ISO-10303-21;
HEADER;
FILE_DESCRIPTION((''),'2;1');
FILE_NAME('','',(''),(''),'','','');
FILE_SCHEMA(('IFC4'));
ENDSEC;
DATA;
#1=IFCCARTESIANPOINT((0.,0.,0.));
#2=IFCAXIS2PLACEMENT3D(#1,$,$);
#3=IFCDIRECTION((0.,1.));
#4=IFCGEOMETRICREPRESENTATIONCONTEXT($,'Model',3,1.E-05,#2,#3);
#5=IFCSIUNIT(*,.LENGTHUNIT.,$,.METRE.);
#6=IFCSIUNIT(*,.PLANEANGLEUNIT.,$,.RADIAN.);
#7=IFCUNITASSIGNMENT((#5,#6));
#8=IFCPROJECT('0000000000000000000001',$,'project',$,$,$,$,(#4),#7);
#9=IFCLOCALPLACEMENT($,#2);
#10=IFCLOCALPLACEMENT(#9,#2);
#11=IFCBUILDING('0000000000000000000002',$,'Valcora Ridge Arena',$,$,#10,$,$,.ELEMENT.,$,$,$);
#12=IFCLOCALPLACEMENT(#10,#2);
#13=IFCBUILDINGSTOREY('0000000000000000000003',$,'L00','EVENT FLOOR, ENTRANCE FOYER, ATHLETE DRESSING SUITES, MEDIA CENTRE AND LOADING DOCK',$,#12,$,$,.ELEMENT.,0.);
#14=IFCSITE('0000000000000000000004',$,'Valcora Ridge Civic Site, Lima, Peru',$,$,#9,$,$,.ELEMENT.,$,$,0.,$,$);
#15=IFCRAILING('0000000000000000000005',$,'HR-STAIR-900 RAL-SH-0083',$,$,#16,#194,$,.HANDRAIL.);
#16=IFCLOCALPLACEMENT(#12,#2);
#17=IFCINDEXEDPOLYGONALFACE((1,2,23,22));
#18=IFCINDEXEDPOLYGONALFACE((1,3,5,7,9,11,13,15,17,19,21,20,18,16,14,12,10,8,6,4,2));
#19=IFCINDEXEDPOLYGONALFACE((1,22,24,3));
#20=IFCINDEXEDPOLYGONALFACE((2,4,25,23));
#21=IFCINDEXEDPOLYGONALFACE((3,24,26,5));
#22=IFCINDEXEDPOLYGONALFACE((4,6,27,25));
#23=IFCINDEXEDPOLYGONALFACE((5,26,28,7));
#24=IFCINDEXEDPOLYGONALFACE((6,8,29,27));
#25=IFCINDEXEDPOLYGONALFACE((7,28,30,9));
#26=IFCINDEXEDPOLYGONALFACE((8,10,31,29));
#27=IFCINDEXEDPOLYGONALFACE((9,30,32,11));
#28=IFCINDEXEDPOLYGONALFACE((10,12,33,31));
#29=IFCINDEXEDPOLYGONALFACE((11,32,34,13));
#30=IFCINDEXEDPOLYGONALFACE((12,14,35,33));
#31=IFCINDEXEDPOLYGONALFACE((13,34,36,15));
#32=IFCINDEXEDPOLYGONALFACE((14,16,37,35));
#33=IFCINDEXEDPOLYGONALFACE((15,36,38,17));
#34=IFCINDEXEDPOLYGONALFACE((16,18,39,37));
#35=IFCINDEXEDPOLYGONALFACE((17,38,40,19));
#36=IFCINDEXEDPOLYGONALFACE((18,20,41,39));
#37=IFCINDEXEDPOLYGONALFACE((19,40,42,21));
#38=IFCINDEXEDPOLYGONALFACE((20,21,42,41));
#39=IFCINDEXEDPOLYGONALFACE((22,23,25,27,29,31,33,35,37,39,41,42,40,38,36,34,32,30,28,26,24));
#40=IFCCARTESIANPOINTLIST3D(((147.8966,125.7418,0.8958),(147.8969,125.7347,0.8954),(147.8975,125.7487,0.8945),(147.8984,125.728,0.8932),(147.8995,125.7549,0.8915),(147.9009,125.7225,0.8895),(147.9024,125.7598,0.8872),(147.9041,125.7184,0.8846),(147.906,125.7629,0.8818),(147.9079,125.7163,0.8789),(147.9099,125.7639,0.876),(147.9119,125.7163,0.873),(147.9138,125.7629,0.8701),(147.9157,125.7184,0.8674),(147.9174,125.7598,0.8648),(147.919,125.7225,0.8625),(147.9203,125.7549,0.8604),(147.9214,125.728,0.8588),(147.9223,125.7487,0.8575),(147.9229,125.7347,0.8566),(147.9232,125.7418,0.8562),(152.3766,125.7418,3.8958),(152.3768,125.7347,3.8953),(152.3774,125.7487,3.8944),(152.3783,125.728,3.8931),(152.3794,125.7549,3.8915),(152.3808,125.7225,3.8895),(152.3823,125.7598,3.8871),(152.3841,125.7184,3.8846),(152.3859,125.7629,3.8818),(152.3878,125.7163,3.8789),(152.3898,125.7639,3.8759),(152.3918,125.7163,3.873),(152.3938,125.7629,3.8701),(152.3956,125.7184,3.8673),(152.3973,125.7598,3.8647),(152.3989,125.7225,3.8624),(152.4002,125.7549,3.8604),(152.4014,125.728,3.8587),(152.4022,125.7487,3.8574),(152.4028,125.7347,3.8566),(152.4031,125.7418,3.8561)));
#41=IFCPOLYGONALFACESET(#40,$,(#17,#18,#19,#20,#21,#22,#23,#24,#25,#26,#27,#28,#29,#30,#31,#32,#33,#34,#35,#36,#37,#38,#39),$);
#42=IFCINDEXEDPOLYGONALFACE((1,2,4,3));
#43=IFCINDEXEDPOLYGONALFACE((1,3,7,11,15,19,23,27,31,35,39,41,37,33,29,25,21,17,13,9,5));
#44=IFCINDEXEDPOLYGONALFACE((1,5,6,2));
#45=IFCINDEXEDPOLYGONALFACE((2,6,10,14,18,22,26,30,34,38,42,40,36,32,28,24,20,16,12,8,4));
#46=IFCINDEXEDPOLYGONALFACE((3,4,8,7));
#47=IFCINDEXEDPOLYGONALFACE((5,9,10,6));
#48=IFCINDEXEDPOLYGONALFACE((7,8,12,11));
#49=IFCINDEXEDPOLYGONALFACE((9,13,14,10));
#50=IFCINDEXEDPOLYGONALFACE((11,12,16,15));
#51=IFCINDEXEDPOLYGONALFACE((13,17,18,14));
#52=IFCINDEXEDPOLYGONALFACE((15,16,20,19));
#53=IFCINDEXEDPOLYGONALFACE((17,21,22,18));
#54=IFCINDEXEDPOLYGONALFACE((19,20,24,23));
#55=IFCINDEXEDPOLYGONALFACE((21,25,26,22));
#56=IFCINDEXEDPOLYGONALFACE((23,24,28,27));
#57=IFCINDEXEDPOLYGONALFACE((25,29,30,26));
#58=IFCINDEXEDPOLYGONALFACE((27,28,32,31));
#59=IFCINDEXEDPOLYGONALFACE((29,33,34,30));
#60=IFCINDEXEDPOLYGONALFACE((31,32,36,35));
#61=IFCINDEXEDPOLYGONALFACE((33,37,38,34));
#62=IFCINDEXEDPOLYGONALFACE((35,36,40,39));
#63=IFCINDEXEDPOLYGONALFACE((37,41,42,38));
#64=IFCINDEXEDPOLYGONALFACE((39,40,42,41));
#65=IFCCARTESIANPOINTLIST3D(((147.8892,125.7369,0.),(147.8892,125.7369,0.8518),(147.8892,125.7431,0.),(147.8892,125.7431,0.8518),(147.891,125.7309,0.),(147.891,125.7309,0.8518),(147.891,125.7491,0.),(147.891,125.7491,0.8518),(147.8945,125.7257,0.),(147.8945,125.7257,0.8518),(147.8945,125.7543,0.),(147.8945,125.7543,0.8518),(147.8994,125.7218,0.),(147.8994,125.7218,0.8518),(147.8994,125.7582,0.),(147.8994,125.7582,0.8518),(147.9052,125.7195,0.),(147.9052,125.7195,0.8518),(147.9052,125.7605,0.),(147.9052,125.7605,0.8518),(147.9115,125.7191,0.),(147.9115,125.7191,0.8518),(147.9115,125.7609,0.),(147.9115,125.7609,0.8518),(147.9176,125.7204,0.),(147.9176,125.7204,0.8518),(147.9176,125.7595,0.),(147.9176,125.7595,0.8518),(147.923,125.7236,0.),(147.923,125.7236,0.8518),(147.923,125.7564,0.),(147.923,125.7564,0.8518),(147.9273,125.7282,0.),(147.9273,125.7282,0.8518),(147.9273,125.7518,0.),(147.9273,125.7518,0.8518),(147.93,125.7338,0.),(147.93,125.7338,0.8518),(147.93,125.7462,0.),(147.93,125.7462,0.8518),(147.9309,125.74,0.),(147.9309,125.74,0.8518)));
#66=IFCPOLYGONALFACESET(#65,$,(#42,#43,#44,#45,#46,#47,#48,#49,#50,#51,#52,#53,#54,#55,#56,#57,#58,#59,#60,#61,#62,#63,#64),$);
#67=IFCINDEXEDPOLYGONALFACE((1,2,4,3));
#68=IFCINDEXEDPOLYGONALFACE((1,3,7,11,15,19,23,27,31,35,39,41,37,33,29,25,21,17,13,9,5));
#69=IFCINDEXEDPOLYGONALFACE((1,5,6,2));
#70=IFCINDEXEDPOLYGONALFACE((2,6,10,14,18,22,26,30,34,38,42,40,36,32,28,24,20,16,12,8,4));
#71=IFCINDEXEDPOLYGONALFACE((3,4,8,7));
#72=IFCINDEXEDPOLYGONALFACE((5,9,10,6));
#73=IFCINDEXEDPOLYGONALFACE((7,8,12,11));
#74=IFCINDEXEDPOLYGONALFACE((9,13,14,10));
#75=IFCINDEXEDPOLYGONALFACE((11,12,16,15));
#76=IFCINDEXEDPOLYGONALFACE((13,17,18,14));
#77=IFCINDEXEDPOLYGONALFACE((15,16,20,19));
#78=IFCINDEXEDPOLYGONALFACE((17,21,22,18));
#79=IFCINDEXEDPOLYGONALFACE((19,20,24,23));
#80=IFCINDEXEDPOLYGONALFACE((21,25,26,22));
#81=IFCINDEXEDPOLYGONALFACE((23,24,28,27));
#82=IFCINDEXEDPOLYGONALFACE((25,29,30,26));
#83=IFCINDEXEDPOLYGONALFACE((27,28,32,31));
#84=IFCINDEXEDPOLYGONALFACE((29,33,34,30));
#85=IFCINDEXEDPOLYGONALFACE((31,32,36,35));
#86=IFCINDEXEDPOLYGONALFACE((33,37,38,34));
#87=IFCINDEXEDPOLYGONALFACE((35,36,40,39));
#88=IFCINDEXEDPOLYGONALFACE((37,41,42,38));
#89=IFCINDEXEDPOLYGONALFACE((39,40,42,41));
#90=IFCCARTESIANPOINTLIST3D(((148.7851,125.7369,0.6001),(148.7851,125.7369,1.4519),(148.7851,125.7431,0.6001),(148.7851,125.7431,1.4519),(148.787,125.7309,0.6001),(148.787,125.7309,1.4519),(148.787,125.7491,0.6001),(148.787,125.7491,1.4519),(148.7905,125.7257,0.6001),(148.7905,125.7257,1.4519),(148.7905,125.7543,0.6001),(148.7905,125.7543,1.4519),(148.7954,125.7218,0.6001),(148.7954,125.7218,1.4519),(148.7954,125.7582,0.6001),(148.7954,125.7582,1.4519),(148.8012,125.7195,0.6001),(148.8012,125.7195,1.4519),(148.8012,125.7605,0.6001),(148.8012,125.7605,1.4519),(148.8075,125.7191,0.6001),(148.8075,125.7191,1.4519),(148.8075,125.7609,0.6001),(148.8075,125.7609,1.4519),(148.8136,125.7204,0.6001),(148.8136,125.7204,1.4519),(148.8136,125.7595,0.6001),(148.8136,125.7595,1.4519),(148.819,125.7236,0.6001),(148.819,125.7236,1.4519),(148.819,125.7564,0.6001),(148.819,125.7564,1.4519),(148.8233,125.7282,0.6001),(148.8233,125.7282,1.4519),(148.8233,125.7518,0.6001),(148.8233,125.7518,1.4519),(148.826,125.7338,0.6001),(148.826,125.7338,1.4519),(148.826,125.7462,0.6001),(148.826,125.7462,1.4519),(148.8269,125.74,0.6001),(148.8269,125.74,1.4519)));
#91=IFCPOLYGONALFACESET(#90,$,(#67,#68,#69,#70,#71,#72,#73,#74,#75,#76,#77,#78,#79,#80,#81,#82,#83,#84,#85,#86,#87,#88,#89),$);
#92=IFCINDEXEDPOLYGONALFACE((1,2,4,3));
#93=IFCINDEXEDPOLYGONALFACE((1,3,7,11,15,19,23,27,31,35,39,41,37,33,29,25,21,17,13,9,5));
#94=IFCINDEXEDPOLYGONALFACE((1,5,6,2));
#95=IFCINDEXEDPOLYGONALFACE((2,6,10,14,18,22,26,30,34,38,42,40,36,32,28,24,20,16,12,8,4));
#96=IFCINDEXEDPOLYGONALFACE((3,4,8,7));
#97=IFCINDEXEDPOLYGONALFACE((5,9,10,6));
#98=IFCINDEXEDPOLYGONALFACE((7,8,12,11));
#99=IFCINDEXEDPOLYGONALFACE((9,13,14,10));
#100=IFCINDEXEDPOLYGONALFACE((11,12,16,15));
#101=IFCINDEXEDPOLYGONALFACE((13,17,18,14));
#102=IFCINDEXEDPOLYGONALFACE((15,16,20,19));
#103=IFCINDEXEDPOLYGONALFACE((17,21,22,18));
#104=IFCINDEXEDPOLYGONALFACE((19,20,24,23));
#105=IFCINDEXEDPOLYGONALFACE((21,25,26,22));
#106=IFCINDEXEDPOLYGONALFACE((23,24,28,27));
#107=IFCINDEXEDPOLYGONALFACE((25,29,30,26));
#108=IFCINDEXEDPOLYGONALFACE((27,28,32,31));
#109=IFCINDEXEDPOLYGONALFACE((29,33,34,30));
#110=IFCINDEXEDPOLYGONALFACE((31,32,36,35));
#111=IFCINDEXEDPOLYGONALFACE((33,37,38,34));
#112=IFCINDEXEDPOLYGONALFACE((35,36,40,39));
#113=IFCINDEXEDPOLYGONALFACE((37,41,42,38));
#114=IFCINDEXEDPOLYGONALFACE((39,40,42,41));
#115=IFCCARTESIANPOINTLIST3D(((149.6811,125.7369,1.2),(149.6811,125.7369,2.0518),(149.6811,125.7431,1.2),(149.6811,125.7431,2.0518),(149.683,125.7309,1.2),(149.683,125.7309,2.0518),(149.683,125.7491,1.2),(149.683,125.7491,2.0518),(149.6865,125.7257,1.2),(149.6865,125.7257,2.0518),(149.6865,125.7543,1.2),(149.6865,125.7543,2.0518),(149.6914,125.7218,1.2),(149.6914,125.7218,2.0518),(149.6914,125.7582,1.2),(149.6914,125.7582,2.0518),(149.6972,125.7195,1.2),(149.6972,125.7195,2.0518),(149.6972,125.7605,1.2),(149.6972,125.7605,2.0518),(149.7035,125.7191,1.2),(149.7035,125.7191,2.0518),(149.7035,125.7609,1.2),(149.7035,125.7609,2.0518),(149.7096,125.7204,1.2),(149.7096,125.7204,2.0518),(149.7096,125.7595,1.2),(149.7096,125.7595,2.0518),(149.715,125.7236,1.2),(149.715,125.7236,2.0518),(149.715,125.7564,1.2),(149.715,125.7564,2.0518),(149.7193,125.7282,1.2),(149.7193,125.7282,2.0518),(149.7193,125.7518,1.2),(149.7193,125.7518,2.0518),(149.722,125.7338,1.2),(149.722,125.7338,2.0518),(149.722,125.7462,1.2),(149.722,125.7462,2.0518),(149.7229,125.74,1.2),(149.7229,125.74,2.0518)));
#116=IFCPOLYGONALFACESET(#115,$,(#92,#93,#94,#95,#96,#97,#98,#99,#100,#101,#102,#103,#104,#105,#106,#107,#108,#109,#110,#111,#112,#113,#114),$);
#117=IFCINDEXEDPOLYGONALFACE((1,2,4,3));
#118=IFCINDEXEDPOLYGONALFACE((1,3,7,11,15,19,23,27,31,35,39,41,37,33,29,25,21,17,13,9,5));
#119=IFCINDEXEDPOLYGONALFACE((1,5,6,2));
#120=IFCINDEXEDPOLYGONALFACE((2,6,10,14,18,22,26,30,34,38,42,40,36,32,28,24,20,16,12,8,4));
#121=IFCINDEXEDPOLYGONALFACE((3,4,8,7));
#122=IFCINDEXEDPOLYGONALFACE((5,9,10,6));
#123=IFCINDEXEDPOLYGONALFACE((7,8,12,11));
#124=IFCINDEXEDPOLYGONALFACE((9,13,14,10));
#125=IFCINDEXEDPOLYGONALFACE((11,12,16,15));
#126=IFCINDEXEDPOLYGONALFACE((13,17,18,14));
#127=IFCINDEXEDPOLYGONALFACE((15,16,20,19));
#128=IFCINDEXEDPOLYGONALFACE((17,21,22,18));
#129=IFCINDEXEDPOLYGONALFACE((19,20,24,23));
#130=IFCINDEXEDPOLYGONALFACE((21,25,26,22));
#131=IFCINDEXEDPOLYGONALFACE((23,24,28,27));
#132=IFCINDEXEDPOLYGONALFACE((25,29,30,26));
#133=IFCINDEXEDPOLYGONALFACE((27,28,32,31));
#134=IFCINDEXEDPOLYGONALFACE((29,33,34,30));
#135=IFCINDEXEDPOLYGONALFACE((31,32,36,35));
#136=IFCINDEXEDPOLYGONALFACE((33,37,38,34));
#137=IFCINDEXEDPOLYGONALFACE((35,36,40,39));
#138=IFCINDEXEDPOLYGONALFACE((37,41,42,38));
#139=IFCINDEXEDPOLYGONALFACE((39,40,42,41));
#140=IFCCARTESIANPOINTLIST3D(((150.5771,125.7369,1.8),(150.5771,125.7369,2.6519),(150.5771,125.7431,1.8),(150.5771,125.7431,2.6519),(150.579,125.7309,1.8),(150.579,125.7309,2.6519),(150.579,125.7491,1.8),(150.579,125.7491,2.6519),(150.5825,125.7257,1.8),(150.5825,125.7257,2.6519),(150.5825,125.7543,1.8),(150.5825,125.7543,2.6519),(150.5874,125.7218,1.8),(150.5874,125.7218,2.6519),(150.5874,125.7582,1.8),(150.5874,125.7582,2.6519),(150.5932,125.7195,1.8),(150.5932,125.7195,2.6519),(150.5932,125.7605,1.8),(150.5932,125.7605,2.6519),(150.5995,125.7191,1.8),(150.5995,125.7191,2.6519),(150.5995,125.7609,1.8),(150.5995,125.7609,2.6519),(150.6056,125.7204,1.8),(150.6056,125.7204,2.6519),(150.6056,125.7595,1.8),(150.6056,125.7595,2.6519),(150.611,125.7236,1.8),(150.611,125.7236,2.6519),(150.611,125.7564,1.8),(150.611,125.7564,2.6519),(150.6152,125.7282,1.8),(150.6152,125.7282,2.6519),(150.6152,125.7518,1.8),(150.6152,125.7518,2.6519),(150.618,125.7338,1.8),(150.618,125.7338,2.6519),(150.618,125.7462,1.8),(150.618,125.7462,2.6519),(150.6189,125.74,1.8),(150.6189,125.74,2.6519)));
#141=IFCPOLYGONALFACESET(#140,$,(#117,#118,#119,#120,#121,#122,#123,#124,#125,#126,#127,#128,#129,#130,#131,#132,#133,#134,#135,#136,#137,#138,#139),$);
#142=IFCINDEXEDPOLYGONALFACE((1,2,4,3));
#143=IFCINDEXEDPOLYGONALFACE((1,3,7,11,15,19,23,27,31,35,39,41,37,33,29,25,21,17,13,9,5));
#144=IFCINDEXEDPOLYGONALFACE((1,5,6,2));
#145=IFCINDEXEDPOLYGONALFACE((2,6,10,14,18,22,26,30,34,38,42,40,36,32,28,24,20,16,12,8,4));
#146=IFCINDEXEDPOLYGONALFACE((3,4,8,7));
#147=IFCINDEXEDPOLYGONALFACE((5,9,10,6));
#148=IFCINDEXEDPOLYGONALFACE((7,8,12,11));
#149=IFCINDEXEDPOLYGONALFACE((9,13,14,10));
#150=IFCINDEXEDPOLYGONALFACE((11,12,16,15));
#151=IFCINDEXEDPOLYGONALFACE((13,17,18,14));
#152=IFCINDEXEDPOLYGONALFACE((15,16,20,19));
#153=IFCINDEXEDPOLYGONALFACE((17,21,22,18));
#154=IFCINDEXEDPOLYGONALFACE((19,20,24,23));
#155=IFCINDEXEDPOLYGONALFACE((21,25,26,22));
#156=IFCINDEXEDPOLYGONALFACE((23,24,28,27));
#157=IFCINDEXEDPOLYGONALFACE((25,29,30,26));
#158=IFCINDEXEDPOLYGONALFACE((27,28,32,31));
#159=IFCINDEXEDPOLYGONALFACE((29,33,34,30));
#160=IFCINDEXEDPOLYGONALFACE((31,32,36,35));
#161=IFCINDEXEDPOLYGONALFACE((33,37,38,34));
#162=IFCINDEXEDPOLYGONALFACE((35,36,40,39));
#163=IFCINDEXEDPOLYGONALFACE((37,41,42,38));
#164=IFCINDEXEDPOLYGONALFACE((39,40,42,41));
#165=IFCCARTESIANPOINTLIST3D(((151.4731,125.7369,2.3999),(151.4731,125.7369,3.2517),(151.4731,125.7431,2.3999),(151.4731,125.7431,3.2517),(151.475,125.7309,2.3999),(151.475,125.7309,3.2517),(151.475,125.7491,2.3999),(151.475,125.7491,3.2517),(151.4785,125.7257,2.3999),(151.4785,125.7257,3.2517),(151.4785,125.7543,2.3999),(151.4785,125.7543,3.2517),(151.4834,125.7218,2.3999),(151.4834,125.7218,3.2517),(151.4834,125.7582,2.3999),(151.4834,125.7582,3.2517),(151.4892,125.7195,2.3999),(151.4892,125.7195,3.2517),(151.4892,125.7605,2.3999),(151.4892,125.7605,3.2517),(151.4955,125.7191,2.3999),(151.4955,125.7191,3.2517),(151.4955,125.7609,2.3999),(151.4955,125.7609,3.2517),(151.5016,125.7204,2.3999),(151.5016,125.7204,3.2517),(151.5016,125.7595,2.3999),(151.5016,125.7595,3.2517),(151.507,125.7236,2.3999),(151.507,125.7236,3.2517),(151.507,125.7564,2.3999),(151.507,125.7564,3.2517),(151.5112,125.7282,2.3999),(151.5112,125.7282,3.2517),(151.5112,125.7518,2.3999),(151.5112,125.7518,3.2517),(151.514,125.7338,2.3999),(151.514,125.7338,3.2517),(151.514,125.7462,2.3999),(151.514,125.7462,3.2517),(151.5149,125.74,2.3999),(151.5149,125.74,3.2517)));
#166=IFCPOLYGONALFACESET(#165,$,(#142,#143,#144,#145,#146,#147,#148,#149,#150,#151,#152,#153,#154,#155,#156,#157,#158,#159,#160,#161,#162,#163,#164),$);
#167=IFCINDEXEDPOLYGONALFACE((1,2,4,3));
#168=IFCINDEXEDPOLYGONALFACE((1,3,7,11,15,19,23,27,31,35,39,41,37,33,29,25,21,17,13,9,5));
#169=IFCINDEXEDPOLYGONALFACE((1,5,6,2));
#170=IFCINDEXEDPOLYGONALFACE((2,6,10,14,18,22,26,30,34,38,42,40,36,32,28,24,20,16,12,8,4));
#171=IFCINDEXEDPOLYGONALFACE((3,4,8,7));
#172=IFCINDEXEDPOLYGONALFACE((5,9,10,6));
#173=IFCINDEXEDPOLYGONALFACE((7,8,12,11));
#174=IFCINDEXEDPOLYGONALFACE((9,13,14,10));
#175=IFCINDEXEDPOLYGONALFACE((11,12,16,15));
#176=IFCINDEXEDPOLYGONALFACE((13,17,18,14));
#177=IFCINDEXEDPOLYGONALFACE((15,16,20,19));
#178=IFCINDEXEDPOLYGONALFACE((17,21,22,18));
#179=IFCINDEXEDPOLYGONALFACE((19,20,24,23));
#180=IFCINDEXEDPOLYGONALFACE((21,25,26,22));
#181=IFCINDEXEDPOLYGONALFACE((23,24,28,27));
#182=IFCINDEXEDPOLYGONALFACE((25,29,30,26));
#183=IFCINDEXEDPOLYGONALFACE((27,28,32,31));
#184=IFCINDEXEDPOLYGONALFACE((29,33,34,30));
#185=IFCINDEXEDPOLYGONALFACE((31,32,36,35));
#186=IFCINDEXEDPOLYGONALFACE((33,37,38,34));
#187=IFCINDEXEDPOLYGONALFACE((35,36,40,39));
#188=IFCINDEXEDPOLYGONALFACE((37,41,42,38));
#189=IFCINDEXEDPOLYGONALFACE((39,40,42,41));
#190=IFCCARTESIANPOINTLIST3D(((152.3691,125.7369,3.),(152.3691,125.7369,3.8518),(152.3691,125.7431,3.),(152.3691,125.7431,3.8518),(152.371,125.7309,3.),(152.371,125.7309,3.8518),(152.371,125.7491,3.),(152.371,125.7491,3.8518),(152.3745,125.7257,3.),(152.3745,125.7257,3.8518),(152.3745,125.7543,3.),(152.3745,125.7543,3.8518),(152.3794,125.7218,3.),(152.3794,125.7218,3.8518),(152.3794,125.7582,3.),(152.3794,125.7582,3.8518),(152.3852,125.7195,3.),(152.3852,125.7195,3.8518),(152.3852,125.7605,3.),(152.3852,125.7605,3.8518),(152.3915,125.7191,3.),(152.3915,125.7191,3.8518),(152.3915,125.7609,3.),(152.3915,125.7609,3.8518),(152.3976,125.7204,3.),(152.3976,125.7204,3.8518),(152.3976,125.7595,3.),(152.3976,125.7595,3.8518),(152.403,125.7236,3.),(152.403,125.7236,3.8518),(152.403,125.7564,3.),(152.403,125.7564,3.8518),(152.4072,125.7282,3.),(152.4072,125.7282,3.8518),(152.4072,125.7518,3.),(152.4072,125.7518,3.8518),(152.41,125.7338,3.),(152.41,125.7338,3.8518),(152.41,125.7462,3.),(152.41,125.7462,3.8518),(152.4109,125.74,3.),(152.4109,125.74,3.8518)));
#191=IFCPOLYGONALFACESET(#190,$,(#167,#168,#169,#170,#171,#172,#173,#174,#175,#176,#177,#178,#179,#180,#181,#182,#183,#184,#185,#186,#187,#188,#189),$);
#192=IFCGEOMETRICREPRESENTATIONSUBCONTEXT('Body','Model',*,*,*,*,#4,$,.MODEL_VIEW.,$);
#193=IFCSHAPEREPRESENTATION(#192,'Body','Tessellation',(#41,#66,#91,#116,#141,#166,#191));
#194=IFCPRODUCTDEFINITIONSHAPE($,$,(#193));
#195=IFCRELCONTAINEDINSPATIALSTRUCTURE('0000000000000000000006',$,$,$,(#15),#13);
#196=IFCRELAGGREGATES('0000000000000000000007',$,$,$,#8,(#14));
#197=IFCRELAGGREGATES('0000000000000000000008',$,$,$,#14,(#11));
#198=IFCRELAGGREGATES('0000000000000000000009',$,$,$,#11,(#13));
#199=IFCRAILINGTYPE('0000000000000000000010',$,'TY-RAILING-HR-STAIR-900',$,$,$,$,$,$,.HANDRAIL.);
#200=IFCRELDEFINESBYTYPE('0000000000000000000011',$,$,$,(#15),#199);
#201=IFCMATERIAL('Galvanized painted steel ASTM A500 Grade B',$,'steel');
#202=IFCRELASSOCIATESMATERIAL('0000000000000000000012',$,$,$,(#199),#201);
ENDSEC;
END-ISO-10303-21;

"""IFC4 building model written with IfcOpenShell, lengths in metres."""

from ifc_helpers import new_model, si_unit, direction, frame, origin, origin_2d, place, context, subcontext, project, spatial, circle, extrude, material, type_object, element, save


model = new_model("IFC4")

# Units and contexts
model_context = context("Model", 3, precision=1e-05, world=origin(), true_north=direction((0.0, 1.0)))
body_context = subcontext(model_context, "Body", "Model", "MODEL_VIEW")
ifc_project = project(units=[si_unit("LENGTHUNIT", "METRE"), si_unit("PLANEANGLEUNIT", "RADIAN")], contexts=[model_context])

# Site, building, storey
site_placement = place(None, origin())
site = spatial("IfcSite", under=ifc_project, at=site_placement, Name="Valcora Ridge Civic Site, Lima, Peru", CompositionType="ELEMENT", RefElevation=0.0)
building_placement = place(site_placement, origin())
building = spatial("IfcBuilding", under=site, at=building_placement, Name="Valcora Ridge Arena", CompositionType="ELEMENT")
storey_placement = place(building_placement, origin())
storey = spatial("IfcBuildingStorey", under=building, at=storey_placement, Name="L00", Description="EVENT FLOOR, ENTRANCE FOYER, ATHLETE DRESSING SUITES, MEDIA CENTRE AND LOADING DOCK", CompositionType="ELEMENT", Elevation=0.0)

# Railing
ifc_material_1 = material(Name="Galvanized painted steel ASTM A500 Grade B", Category="steel")
railing_type = type_object("IfcRailingType", Name="TY-RAILING-HR-STAIR-900", PredefinedType="HANDRAIL", material=ifc_material_1)
railing_placement = place(storey_placement, frame((147.9099, 125.74, 0.0)))
element("IfcRailing", 1, at=railing_placement, inside=storey, type_object=railing_type, Name="HR-STAIR-900 RAL-SH-0083", PredefinedType="HANDRAIL", context=body_context, shape_type="SweptSolid", body=[
    extrude(circle(Radius=0.0239, at=origin_2d()), frame((0.0, 0.0, 0.876), z_axis=(0.830906, 0.0, 0.556413), x_axis=(0.0, 1.0, 0.0)), (0.0, 0.0, 1.0), 5.3916),
    extrude(circle(Radius=0.021, at=origin_2d()), origin(), (0.0, 0.0, 1.0), 0.8518),
    extrude(circle(Radius=0.021, at=origin_2d()), frame((0.896, 0.0, 0.6001)), (0.0, 0.0, 1.0), 0.8518),
    extrude(circle(Radius=0.021, at=origin_2d()), frame((1.792, 0.0, 1.2)), (0.0, 0.0, 1.0), 0.8518),
    extrude(circle(Radius=0.021, at=origin_2d()), frame((2.688, 0.0, 1.8)), (0.0, 0.0, 1.0), 0.8518),
    extrude(circle(Radius=0.021, at=origin_2d()), frame((3.584, 0.0, 2.3999)), (0.0, 0.0, 1.0), 0.8518),
    extrude(circle(Radius=0.021, at=origin_2d()), frame((4.48, 0.0, 3.0)), (0.0, 0.0, 1.0), 0.8518),
])

save(model, "model.ifc")
